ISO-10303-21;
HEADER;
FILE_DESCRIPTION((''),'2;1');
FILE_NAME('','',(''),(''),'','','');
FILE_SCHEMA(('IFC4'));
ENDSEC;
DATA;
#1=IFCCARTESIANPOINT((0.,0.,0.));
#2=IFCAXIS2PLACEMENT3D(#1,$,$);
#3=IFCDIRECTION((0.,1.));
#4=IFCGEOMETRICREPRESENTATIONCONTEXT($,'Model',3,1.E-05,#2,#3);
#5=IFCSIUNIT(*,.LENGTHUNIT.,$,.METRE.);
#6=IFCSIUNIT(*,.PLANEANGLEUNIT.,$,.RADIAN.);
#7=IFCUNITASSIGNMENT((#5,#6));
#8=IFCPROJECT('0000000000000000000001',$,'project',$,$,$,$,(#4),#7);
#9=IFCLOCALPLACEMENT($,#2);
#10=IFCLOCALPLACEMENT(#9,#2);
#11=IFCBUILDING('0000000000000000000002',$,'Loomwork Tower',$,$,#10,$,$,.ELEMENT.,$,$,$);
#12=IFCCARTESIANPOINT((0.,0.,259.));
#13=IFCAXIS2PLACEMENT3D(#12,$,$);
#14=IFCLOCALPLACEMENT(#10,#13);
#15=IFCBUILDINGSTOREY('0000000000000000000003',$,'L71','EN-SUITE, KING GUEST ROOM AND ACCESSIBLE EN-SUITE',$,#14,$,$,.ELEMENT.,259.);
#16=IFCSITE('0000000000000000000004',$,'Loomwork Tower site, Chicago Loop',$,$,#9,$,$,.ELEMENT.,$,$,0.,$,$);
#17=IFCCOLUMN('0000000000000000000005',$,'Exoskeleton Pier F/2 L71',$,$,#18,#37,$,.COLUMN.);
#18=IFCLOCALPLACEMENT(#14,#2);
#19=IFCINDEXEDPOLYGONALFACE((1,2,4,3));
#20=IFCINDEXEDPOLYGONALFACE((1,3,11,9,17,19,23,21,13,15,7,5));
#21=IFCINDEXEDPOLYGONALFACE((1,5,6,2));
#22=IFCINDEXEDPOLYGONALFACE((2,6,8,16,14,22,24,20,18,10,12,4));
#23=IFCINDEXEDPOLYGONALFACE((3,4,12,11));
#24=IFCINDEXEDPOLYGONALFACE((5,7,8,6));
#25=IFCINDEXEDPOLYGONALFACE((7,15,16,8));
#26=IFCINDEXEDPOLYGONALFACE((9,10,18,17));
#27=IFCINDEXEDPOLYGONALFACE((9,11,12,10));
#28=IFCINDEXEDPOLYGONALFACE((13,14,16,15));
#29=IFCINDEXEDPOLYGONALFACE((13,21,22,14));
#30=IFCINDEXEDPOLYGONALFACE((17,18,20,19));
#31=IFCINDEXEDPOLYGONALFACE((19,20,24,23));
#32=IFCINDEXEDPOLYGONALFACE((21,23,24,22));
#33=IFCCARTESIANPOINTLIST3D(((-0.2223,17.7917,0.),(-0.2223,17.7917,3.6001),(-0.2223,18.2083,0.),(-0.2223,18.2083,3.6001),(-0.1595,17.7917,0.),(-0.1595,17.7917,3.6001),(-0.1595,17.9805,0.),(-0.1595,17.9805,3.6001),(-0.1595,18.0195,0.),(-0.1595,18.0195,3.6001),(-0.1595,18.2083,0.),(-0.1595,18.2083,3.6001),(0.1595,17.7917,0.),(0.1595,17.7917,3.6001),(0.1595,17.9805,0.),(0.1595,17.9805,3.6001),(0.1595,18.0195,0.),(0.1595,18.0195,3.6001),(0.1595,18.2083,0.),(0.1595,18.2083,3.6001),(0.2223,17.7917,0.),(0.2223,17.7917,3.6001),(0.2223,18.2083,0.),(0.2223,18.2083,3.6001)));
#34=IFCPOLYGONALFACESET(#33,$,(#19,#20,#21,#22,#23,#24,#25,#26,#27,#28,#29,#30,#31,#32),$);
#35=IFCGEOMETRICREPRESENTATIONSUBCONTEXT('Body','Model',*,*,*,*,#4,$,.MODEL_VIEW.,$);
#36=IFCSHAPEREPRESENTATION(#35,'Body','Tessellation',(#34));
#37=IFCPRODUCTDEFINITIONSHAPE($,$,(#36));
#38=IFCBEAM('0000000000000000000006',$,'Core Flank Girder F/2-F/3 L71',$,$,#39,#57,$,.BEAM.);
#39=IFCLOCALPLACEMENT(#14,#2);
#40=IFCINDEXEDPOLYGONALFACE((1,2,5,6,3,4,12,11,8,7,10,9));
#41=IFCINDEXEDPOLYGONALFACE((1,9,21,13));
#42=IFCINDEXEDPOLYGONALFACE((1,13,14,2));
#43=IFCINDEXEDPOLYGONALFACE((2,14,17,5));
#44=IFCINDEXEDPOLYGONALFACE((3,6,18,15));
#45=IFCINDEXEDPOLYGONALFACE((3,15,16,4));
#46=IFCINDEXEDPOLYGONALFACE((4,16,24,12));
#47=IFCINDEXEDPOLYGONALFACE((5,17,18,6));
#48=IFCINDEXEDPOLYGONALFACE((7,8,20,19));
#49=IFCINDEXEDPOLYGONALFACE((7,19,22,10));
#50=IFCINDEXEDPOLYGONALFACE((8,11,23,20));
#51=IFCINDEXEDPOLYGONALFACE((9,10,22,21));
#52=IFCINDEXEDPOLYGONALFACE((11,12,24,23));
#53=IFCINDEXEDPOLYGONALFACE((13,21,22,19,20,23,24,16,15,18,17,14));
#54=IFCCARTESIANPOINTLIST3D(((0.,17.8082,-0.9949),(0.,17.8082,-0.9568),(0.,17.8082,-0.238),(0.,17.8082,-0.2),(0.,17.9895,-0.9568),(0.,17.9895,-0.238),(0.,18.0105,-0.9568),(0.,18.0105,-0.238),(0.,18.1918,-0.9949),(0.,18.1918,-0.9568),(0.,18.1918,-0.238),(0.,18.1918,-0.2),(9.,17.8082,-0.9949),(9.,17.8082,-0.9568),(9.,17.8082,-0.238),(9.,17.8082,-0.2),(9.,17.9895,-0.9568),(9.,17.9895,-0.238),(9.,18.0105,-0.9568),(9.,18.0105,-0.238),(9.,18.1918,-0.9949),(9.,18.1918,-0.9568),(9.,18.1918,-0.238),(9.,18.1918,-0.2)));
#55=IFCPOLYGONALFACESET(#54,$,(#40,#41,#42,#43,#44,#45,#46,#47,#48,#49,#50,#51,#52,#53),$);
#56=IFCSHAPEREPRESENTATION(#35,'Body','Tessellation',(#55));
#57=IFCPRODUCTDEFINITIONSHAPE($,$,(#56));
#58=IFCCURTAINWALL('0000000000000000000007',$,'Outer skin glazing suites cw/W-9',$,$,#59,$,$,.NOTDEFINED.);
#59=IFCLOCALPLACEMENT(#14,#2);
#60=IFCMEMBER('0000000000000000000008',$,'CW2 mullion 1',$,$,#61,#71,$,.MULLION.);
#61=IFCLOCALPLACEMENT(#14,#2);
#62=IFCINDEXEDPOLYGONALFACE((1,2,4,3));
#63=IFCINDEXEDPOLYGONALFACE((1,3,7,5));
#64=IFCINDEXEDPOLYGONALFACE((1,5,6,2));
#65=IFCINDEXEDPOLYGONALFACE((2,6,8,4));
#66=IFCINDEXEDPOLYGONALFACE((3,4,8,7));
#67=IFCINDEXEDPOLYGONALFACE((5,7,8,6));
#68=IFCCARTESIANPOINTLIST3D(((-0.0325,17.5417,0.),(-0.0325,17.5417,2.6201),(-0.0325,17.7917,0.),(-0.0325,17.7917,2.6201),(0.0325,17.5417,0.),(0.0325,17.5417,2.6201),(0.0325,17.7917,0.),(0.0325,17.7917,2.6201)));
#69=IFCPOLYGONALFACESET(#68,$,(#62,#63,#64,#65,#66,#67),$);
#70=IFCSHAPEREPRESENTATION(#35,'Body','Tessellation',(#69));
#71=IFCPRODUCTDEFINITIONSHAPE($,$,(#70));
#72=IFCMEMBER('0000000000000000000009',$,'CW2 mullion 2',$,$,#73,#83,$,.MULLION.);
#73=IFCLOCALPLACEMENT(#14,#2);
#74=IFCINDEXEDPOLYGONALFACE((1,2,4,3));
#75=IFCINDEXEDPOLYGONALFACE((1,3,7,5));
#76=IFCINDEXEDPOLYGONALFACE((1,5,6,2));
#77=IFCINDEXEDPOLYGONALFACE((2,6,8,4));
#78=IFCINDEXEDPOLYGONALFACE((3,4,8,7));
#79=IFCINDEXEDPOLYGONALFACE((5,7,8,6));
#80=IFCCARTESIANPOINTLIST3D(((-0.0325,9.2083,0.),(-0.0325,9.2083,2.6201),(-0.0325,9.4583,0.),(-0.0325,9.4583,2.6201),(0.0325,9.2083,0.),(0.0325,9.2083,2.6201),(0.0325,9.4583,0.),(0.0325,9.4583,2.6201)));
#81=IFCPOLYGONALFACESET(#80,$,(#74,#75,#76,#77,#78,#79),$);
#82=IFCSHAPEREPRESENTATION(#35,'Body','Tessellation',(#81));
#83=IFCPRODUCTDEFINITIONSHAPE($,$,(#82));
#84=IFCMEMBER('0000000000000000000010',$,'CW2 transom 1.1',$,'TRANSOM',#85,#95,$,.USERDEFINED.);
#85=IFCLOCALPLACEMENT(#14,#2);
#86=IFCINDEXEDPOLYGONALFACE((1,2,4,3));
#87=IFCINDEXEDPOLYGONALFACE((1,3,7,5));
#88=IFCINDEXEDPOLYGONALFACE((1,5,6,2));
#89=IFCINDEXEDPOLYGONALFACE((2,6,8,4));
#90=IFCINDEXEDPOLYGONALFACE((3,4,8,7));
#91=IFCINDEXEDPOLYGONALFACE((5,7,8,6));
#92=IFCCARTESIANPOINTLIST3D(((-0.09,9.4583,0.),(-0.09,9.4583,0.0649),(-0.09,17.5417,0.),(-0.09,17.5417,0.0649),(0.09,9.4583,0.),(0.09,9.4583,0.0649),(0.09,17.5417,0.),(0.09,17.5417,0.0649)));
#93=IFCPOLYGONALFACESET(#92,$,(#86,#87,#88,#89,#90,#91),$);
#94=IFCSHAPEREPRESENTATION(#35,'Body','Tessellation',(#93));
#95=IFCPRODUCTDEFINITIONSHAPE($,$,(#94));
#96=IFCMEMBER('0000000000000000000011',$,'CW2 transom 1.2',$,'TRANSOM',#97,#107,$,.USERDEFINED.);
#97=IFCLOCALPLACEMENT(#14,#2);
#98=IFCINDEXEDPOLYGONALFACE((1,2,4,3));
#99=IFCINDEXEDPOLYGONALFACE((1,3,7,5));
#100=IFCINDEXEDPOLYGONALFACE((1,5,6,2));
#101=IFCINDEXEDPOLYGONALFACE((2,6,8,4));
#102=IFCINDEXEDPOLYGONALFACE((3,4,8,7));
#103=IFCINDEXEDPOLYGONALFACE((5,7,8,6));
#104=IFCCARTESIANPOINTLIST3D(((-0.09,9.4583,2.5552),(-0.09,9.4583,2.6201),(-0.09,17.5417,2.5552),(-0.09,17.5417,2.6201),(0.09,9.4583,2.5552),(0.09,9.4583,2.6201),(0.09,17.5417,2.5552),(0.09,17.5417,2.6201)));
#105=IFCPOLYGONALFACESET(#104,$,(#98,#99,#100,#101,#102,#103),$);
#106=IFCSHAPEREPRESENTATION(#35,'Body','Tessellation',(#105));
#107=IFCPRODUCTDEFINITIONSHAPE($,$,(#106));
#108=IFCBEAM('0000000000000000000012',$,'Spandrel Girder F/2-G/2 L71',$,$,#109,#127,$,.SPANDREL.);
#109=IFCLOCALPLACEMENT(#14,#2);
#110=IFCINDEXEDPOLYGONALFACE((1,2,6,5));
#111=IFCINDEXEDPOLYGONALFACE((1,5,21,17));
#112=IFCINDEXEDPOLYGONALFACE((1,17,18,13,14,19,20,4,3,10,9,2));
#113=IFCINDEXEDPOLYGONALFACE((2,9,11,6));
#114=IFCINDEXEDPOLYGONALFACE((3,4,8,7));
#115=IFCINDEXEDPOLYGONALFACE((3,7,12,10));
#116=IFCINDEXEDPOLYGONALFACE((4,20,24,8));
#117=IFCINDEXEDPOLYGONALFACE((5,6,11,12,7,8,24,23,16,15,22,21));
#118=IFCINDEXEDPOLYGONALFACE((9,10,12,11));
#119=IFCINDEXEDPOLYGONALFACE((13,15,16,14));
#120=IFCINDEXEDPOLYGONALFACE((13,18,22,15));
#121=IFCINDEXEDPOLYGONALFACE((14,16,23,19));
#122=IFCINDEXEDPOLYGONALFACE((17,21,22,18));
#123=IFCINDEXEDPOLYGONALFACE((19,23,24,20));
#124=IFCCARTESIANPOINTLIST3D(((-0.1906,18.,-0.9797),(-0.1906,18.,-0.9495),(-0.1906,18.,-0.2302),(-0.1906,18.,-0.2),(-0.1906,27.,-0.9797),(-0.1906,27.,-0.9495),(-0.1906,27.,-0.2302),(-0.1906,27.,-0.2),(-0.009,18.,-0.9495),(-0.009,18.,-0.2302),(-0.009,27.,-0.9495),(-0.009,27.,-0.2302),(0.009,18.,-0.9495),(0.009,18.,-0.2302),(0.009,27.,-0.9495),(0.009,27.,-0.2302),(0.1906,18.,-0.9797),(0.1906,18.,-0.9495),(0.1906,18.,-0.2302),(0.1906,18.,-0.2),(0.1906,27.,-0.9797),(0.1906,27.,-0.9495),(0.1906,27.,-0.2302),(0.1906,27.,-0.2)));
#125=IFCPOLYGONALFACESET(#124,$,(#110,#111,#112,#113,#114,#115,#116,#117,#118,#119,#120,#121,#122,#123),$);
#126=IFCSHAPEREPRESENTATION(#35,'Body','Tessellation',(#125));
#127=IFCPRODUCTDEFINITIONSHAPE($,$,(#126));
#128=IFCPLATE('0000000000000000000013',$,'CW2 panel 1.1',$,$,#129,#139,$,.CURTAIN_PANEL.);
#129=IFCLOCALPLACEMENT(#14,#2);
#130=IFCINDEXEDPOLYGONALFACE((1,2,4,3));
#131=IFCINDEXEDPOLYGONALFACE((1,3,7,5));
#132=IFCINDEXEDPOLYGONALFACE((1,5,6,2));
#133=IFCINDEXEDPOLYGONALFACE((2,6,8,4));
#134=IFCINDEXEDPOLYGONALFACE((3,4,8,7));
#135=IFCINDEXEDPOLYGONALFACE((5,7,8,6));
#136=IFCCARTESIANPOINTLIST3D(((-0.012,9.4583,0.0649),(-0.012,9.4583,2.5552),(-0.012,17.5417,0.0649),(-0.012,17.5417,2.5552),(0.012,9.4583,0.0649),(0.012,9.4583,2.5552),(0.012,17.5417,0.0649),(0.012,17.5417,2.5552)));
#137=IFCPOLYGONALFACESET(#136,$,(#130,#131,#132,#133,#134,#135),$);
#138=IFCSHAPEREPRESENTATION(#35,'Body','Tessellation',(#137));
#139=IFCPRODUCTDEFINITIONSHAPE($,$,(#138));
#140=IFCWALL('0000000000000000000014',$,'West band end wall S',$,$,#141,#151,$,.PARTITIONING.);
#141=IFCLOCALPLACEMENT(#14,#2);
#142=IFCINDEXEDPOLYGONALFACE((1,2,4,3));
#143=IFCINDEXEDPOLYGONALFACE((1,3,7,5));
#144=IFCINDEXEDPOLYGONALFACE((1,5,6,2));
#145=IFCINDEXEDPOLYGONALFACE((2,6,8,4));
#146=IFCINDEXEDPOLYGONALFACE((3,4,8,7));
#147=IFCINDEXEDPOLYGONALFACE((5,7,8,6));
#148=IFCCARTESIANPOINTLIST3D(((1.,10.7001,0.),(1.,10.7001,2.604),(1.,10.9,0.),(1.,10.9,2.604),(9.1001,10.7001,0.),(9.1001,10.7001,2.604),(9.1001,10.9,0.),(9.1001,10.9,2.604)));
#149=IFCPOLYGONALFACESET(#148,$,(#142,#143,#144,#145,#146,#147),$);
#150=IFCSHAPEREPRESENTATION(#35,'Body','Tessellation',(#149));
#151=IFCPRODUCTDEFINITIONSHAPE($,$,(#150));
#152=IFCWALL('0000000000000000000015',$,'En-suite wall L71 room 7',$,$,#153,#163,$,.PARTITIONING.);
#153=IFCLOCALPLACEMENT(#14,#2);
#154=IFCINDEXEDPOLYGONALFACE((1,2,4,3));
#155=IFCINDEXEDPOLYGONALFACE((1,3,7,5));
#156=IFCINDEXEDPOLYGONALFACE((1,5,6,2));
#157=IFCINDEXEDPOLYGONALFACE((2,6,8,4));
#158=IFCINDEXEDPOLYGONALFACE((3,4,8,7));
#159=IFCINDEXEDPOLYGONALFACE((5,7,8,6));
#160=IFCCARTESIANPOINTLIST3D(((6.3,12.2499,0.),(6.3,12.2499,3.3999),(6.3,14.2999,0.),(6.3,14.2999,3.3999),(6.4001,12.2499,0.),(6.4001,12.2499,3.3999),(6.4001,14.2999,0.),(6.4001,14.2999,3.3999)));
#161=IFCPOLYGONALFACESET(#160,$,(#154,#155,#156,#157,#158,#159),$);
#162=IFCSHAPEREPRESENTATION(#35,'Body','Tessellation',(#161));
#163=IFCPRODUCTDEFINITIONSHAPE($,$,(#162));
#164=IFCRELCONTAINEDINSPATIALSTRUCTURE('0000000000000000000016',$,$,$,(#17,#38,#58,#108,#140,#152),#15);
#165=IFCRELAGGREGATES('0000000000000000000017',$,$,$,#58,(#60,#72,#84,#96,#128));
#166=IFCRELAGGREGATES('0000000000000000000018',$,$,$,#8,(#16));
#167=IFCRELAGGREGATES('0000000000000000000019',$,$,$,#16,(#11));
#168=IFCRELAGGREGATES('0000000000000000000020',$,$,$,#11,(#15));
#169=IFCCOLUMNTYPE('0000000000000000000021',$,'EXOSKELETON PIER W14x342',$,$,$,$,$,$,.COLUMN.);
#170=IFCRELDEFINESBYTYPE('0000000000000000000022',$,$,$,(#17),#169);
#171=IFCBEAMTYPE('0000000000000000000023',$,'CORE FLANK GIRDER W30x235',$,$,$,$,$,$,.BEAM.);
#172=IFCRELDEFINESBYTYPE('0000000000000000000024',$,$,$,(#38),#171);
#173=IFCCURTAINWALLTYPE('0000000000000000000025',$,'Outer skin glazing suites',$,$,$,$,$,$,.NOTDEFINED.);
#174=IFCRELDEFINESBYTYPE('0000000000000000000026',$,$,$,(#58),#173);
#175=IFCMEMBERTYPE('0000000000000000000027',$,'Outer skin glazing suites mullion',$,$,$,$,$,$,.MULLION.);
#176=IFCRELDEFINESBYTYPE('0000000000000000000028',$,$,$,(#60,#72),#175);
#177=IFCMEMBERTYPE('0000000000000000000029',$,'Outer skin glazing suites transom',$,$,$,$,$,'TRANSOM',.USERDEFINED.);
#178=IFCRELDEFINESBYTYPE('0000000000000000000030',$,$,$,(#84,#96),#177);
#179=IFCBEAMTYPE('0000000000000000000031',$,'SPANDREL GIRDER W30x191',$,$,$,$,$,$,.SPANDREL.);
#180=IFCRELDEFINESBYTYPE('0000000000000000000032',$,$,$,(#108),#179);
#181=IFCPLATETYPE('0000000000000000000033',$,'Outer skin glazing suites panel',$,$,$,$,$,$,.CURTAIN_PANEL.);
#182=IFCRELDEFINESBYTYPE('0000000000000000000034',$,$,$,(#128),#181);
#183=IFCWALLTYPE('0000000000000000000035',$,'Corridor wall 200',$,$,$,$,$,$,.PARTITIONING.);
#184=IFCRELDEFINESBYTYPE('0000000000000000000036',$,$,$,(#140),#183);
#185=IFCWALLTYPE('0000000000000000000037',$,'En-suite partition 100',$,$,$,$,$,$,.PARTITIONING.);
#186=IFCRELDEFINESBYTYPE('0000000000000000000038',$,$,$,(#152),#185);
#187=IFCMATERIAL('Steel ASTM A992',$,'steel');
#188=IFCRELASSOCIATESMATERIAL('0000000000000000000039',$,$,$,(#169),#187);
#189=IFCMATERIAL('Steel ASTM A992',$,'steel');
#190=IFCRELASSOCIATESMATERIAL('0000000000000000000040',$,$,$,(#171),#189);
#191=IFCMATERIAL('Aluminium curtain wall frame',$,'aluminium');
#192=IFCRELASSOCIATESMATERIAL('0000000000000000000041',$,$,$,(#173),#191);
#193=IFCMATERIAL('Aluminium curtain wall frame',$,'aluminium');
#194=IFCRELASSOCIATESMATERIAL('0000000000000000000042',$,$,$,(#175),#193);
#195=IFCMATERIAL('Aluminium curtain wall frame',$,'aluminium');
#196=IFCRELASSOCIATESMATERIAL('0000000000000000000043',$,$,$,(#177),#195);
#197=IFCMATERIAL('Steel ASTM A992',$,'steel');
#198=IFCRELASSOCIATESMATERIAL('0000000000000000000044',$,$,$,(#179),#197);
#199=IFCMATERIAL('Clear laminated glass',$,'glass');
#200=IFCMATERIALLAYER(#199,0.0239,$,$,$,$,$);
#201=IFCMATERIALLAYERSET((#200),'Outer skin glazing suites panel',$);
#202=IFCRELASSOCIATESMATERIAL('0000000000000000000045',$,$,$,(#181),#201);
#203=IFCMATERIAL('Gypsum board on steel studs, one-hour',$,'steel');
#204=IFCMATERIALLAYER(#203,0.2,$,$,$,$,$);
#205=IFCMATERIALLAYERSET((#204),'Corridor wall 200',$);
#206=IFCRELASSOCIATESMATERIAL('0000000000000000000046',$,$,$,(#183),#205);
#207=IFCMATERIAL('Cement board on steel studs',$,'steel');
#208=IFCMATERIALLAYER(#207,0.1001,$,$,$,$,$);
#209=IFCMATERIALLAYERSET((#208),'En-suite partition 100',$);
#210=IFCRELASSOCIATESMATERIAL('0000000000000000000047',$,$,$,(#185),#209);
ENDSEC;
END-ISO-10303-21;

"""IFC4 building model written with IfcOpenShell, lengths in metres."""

from ifc_helpers import new_model, si_unit, direction, frame, frame_2d, origin, origin_2d, place, context, subcontext, project, spatial, rectangle, i_section, extrude, material, layer, layer_set, material_profile, profile_set, type_object, element, aggregate, save


model = new_model("IFC4")

# Units and contexts
model_context = context("Model", 3, precision=1e-05, world=origin(), true_north=direction((0.0, 1.0)))
body_context = subcontext(model_context, "Body", "Model", "MODEL_VIEW")
ifc_project = project(units=[si_unit("LENGTHUNIT", "METRE"), si_unit("PLANEANGLEUNIT", "RADIAN")], contexts=[model_context])

# Site, building, storey
site_placement = place(None, origin())
site = spatial("IfcSite", under=ifc_project, at=site_placement, Name="Loomwork Tower site, Chicago Loop", CompositionType="ELEMENT", RefElevation=0.0)
building_placement = place(site_placement, origin())
building = spatial("IfcBuilding", under=site, at=building_placement, Name="Loomwork Tower", CompositionType="ELEMENT")
storey_placement = place(building_placement, frame((0.0, 0.0, 259.0)))
storey = spatial("IfcBuildingStorey", under=building, at=storey_placement, Name="L71", Description="EN-SUITE, KING GUEST ROOM AND ACCESSIBLE EN-SUITE", CompositionType="ELEMENT", Elevation=259.0)

# Column
ifc_material_1 = material(Name="Steel ASTM A992", Category="steel")
ifc_material_profile_1 = material_profile(ifc_material_1, i_section(OverallWidth=0.4165, OverallDepth=0.4446, WebThickness=0.0391, FlangeThickness=0.0627, at=origin_2d()), Name="W14x342")
ifc_profile_set_1 = profile_set([ifc_material_profile_1], Name="Steel ASTM A992")
column_type = type_object("IfcColumnType", Name="EXOSKELETON PIER W14x342", PredefinedType="COLUMN", material=ifc_profile_set_1)
column_placement = place(storey_placement, frame((0.0, 18.0, 0.0), z_axis=(0.0, 0.0, 1.0), x_axis=(0.0, 1.0, 0.0)))
element("IfcColumn", 1, at=column_placement, inside=storey, type_object=column_type, Name="Exoskeleton Pier F/2 L71", PredefinedType="COLUMN", context=body_context, shape_type="SweptSolid", body=[
    extrude(i_section(OverallWidth=0.4165, OverallDepth=0.4446, WebThickness=0.0391, FlangeThickness=0.0627, at=origin_2d()), origin(), (0.0, 0.0, 1.0), 3.6001),
])

# Beam
ifc_material_2 = material(Name="Steel ASTM A992", Category="steel")
ifc_material_profile_2 = material_profile(ifc_material_2, i_section(OverallWidth=0.3835, OverallDepth=0.7949, WebThickness=0.021, FlangeThickness=0.0381, at=origin_2d()), Name="W30x235")
ifc_profile_set_2 = profile_set([ifc_material_profile_2], Name="Steel ASTM A992")
beam_type_1 = type_object("IfcBeamType", Name="CORE FLANK GIRDER W30x235", PredefinedType="BEAM", material=ifc_profile_set_2)
beam_1_placement = place(storey_placement, frame((0.0, 18.0, -0.5974), z_axis=(1.0, 0.0, 0.0), x_axis=(0.0, 1.0, 0.0)))
element("IfcBeam", 2, at=beam_1_placement, inside=storey, type_object=beam_type_1, Name="Core Flank Girder F/2-F/3 L71", PredefinedType="BEAM", context=body_context, shape_type="SweptSolid", body=[
    extrude(i_section(OverallWidth=0.3835, OverallDepth=0.7949, WebThickness=0.021, FlangeThickness=0.0381, at=origin_2d()), origin(), (0.0, 0.0, 1.0), 9.0),
])

# Curtain wall, members
ifc_material_3 = material(Name="Aluminium curtain wall frame", Category="aluminium")
curtain_wall_type = type_object("IfcCurtainWallType", Name="Outer skin glazing suites", PredefinedType="NOTDEFINED", material=ifc_material_3)
curtain_wall_placement = place(storey_placement, origin())
curtain_wall = element("IfcCurtainWall", 3, at=curtain_wall_placement, inside=storey, type_object=curtain_wall_type, Name="Outer skin glazing suites cw/W-9", PredefinedType="NOTDEFINED")
ifc_material_4 = material(Name="Aluminium curtain wall frame", Category="aluminium")
ifc_material_profile_3 = material_profile(ifc_material_4, rectangle(XDim=0.0649, YDim=0.25, at=origin_2d()), Name="AL 65x250")
ifc_profile_set_3 = profile_set([ifc_material_profile_3], Name="Aluminium curtain wall frame")
member_type_1 = type_object("IfcMemberType", Name="Outer skin glazing suites mullion", PredefinedType="MULLION", material=ifc_profile_set_3)
member_1_placement = place(storey_placement, frame((0.0, 17.6667, 0.0), z_axis=(0.0, 0.0, 1.0), x_axis=(1.0, 0.0, 0.0)))
member_1 = element("IfcMember", 4, at=member_1_placement, type_object=member_type_1, Name="CW2 mullion 1", PredefinedType="MULLION", context=body_context, shape_type="SweptSolid", body=[
    extrude(rectangle(XDim=0.0649, YDim=0.25, at=origin_2d()), origin(), (0.0, 0.0, 1.0), 2.6201),
])
member_2_placement = place(storey_placement, frame((0.0, 9.3333, 0.0), z_axis=(0.0, 0.0, 1.0), x_axis=(1.0, 0.0, 0.0)))
member_2 = element("IfcMember", 5, at=member_2_placement, type_object=member_type_1, Name="CW2 mullion 2", PredefinedType="MULLION", context=body_context, shape_type="SweptSolid", body=[
    extrude(rectangle(XDim=0.0649, YDim=0.25, at=origin_2d()), origin(), (0.0, 0.0, 1.0), 2.6201),
])
ifc_material_5 = material(Name="Aluminium curtain wall frame", Category="aluminium")
ifc_material_profile_4 = material_profile(ifc_material_5, rectangle(XDim=0.1799, YDim=0.0649, at=origin_2d()), Name="AL 65x180")
ifc_profile_set_4 = profile_set([ifc_material_profile_4], Name="Aluminium curtain wall frame")
member_type_2 = type_object("IfcMemberType", Name="Outer skin glazing suites transom", ElementType="TRANSOM", PredefinedType="USERDEFINED", material=ifc_profile_set_4)
member_3_placement = place(storey_placement, frame((0.0, 17.5417, 0.0325), z_axis=(0.0, -1.0, 0.0), x_axis=(1.0, 0.0, 0.0)))
member_3 = element("IfcMember", 6, at=member_3_placement, type_object=member_type_2, Name="CW2 transom 1.1", ObjectType="TRANSOM", PredefinedType="USERDEFINED", context=body_context, shape_type="SweptSolid", body=[
    extrude(rectangle(XDim=0.1799, YDim=0.0649, at=origin_2d()), origin(), (0.0, 0.0, 1.0), 8.0835),
])
member_4_placement = place(storey_placement, frame((0.0, 17.5417, 2.5876), z_axis=(0.0, -1.0, 0.0), x_axis=(1.0, 0.0, 0.0)))
member_4 = element("IfcMember", 7, at=member_4_placement, type_object=member_type_2, Name="CW2 transom 1.2", ObjectType="TRANSOM", PredefinedType="USERDEFINED", context=body_context, shape_type="SweptSolid", body=[
    extrude(rectangle(XDim=0.1799, YDim=0.0649, at=origin_2d()), origin(), (0.0, 0.0, 1.0), 8.0835),
])

# Beam
ifc_material_6 = material(Name="Steel ASTM A992", Category="steel")
ifc_material_profile_5 = material_profile(ifc_material_6, i_section(OverallWidth=0.3811, OverallDepth=0.7798, WebThickness=0.0181, FlangeThickness=0.0303, at=origin_2d()), Name="W30x191")
ifc_profile_set_5 = profile_set([ifc_material_profile_5], Name="Steel ASTM A992")
beam_type_2 = type_object("IfcBeamType", Name="SPANDREL GIRDER W30x191", PredefinedType="SPANDREL", material=ifc_profile_set_5)
beam_2_placement = place(storey_placement, frame((0.0, 18.0, -0.5898), z_axis=(0.0, 1.0, 0.0), x_axis=(-1.0, 0.0, 0.0)))
element("IfcBeam", 8, at=beam_2_placement, inside=storey, type_object=beam_type_2, Name="Spandrel Girder F/2-G/2 L71", PredefinedType="SPANDREL", context=body_context, shape_type="SweptSolid", body=[
    extrude(i_section(OverallWidth=0.3811, OverallDepth=0.7798, WebThickness=0.0181, FlangeThickness=0.0303, at=origin_2d()), origin(), (0.0, 0.0, 1.0), 9.0),
])

# Plate
ifc_material_7 = material(Name="Clear laminated glass", Category="glass")
ifc_layer_1 = layer(ifc_material_7, 0.0239)
ifc_layer_set_1 = layer_set([ifc_layer_1], Name="Outer skin glazing suites panel")
plate_type = type_object("IfcPlateType", Name="Outer skin glazing suites panel", PredefinedType="CURTAIN_PANEL", material=ifc_layer_set_1)
plate_placement = place(storey_placement, frame((0.0, 13.5, 0.0649), z_axis=(0.0, 0.0, 1.0), x_axis=(0.0, -1.0, 0.0)))
plate = element("IfcPlate", 9, at=plate_placement, type_object=plate_type, Name="CW2 panel 1.1", PredefinedType="CURTAIN_PANEL", context=body_context, shape_type="SweptSolid", body=[
    extrude(rectangle(XDim=8.0835, YDim=0.0239, at=origin_2d()), origin(), (0.0, 0.0, 1.0), 2.4902),
])
aggregate(curtain_wall, [member_1, member_2, member_3, member_4, plate])

# Walls
ifc_material_8 = material(Name="Gypsum board on steel studs, one-hour", Category="steel")
ifc_layer_2 = layer(ifc_material_8, 0.2)
ifc_layer_set_2 = layer_set([ifc_layer_2], Name="Corridor wall 200")
wall_type_1 = type_object("IfcWallType", Name="Corridor wall 200", PredefinedType="PARTITIONING", material=ifc_layer_set_2)
wall_1_placement = place(storey_placement, frame((1.0, 10.8, 0.0), z_axis=(0.0, 0.0, 1.0), x_axis=(1.0, 0.0, 0.0)))
element("IfcWall", 10, at=wall_1_placement, inside=storey, type_object=wall_type_1, Name="West band end wall S", PredefinedType="PARTITIONING", context=body_context, shape_type="SweptSolid", body=[
    extrude(rectangle(XDim=8.1001, YDim=0.2, at=frame_2d((4.05, 0.0))), origin(), (0.0, 0.0, 1.0), 2.604),
])
ifc_material_9 = material(Name="Cement board on steel studs", Category="steel")
ifc_layer_3 = layer(ifc_material_9, 0.1001)
ifc_layer_set_3 = layer_set([ifc_layer_3], Name="En-suite partition 100")
wall_type_2 = type_object("IfcWallType", Name="En-suite partition 100", PredefinedType="PARTITIONING", material=ifc_layer_set_3)
wall_2_placement = place(storey_placement, frame((6.3501, 12.25, 0.0), z_axis=(0.0, 0.0, 1.0), x_axis=(0.0, 1.0, 0.0)))
element("IfcWall", 11, at=wall_2_placement, inside=storey, type_object=wall_type_2, Name="En-suite wall L71 room 7", PredefinedType="PARTITIONING", context=body_context, shape_type="SweptSolid", body=[
    extrude(rectangle(XDim=2.05, YDim=0.1001, at=frame_2d((1.0249, 0.0))), origin(), (0.0, 0.0, 1.0), 3.3999),
])

save(model, "model.ifc")
